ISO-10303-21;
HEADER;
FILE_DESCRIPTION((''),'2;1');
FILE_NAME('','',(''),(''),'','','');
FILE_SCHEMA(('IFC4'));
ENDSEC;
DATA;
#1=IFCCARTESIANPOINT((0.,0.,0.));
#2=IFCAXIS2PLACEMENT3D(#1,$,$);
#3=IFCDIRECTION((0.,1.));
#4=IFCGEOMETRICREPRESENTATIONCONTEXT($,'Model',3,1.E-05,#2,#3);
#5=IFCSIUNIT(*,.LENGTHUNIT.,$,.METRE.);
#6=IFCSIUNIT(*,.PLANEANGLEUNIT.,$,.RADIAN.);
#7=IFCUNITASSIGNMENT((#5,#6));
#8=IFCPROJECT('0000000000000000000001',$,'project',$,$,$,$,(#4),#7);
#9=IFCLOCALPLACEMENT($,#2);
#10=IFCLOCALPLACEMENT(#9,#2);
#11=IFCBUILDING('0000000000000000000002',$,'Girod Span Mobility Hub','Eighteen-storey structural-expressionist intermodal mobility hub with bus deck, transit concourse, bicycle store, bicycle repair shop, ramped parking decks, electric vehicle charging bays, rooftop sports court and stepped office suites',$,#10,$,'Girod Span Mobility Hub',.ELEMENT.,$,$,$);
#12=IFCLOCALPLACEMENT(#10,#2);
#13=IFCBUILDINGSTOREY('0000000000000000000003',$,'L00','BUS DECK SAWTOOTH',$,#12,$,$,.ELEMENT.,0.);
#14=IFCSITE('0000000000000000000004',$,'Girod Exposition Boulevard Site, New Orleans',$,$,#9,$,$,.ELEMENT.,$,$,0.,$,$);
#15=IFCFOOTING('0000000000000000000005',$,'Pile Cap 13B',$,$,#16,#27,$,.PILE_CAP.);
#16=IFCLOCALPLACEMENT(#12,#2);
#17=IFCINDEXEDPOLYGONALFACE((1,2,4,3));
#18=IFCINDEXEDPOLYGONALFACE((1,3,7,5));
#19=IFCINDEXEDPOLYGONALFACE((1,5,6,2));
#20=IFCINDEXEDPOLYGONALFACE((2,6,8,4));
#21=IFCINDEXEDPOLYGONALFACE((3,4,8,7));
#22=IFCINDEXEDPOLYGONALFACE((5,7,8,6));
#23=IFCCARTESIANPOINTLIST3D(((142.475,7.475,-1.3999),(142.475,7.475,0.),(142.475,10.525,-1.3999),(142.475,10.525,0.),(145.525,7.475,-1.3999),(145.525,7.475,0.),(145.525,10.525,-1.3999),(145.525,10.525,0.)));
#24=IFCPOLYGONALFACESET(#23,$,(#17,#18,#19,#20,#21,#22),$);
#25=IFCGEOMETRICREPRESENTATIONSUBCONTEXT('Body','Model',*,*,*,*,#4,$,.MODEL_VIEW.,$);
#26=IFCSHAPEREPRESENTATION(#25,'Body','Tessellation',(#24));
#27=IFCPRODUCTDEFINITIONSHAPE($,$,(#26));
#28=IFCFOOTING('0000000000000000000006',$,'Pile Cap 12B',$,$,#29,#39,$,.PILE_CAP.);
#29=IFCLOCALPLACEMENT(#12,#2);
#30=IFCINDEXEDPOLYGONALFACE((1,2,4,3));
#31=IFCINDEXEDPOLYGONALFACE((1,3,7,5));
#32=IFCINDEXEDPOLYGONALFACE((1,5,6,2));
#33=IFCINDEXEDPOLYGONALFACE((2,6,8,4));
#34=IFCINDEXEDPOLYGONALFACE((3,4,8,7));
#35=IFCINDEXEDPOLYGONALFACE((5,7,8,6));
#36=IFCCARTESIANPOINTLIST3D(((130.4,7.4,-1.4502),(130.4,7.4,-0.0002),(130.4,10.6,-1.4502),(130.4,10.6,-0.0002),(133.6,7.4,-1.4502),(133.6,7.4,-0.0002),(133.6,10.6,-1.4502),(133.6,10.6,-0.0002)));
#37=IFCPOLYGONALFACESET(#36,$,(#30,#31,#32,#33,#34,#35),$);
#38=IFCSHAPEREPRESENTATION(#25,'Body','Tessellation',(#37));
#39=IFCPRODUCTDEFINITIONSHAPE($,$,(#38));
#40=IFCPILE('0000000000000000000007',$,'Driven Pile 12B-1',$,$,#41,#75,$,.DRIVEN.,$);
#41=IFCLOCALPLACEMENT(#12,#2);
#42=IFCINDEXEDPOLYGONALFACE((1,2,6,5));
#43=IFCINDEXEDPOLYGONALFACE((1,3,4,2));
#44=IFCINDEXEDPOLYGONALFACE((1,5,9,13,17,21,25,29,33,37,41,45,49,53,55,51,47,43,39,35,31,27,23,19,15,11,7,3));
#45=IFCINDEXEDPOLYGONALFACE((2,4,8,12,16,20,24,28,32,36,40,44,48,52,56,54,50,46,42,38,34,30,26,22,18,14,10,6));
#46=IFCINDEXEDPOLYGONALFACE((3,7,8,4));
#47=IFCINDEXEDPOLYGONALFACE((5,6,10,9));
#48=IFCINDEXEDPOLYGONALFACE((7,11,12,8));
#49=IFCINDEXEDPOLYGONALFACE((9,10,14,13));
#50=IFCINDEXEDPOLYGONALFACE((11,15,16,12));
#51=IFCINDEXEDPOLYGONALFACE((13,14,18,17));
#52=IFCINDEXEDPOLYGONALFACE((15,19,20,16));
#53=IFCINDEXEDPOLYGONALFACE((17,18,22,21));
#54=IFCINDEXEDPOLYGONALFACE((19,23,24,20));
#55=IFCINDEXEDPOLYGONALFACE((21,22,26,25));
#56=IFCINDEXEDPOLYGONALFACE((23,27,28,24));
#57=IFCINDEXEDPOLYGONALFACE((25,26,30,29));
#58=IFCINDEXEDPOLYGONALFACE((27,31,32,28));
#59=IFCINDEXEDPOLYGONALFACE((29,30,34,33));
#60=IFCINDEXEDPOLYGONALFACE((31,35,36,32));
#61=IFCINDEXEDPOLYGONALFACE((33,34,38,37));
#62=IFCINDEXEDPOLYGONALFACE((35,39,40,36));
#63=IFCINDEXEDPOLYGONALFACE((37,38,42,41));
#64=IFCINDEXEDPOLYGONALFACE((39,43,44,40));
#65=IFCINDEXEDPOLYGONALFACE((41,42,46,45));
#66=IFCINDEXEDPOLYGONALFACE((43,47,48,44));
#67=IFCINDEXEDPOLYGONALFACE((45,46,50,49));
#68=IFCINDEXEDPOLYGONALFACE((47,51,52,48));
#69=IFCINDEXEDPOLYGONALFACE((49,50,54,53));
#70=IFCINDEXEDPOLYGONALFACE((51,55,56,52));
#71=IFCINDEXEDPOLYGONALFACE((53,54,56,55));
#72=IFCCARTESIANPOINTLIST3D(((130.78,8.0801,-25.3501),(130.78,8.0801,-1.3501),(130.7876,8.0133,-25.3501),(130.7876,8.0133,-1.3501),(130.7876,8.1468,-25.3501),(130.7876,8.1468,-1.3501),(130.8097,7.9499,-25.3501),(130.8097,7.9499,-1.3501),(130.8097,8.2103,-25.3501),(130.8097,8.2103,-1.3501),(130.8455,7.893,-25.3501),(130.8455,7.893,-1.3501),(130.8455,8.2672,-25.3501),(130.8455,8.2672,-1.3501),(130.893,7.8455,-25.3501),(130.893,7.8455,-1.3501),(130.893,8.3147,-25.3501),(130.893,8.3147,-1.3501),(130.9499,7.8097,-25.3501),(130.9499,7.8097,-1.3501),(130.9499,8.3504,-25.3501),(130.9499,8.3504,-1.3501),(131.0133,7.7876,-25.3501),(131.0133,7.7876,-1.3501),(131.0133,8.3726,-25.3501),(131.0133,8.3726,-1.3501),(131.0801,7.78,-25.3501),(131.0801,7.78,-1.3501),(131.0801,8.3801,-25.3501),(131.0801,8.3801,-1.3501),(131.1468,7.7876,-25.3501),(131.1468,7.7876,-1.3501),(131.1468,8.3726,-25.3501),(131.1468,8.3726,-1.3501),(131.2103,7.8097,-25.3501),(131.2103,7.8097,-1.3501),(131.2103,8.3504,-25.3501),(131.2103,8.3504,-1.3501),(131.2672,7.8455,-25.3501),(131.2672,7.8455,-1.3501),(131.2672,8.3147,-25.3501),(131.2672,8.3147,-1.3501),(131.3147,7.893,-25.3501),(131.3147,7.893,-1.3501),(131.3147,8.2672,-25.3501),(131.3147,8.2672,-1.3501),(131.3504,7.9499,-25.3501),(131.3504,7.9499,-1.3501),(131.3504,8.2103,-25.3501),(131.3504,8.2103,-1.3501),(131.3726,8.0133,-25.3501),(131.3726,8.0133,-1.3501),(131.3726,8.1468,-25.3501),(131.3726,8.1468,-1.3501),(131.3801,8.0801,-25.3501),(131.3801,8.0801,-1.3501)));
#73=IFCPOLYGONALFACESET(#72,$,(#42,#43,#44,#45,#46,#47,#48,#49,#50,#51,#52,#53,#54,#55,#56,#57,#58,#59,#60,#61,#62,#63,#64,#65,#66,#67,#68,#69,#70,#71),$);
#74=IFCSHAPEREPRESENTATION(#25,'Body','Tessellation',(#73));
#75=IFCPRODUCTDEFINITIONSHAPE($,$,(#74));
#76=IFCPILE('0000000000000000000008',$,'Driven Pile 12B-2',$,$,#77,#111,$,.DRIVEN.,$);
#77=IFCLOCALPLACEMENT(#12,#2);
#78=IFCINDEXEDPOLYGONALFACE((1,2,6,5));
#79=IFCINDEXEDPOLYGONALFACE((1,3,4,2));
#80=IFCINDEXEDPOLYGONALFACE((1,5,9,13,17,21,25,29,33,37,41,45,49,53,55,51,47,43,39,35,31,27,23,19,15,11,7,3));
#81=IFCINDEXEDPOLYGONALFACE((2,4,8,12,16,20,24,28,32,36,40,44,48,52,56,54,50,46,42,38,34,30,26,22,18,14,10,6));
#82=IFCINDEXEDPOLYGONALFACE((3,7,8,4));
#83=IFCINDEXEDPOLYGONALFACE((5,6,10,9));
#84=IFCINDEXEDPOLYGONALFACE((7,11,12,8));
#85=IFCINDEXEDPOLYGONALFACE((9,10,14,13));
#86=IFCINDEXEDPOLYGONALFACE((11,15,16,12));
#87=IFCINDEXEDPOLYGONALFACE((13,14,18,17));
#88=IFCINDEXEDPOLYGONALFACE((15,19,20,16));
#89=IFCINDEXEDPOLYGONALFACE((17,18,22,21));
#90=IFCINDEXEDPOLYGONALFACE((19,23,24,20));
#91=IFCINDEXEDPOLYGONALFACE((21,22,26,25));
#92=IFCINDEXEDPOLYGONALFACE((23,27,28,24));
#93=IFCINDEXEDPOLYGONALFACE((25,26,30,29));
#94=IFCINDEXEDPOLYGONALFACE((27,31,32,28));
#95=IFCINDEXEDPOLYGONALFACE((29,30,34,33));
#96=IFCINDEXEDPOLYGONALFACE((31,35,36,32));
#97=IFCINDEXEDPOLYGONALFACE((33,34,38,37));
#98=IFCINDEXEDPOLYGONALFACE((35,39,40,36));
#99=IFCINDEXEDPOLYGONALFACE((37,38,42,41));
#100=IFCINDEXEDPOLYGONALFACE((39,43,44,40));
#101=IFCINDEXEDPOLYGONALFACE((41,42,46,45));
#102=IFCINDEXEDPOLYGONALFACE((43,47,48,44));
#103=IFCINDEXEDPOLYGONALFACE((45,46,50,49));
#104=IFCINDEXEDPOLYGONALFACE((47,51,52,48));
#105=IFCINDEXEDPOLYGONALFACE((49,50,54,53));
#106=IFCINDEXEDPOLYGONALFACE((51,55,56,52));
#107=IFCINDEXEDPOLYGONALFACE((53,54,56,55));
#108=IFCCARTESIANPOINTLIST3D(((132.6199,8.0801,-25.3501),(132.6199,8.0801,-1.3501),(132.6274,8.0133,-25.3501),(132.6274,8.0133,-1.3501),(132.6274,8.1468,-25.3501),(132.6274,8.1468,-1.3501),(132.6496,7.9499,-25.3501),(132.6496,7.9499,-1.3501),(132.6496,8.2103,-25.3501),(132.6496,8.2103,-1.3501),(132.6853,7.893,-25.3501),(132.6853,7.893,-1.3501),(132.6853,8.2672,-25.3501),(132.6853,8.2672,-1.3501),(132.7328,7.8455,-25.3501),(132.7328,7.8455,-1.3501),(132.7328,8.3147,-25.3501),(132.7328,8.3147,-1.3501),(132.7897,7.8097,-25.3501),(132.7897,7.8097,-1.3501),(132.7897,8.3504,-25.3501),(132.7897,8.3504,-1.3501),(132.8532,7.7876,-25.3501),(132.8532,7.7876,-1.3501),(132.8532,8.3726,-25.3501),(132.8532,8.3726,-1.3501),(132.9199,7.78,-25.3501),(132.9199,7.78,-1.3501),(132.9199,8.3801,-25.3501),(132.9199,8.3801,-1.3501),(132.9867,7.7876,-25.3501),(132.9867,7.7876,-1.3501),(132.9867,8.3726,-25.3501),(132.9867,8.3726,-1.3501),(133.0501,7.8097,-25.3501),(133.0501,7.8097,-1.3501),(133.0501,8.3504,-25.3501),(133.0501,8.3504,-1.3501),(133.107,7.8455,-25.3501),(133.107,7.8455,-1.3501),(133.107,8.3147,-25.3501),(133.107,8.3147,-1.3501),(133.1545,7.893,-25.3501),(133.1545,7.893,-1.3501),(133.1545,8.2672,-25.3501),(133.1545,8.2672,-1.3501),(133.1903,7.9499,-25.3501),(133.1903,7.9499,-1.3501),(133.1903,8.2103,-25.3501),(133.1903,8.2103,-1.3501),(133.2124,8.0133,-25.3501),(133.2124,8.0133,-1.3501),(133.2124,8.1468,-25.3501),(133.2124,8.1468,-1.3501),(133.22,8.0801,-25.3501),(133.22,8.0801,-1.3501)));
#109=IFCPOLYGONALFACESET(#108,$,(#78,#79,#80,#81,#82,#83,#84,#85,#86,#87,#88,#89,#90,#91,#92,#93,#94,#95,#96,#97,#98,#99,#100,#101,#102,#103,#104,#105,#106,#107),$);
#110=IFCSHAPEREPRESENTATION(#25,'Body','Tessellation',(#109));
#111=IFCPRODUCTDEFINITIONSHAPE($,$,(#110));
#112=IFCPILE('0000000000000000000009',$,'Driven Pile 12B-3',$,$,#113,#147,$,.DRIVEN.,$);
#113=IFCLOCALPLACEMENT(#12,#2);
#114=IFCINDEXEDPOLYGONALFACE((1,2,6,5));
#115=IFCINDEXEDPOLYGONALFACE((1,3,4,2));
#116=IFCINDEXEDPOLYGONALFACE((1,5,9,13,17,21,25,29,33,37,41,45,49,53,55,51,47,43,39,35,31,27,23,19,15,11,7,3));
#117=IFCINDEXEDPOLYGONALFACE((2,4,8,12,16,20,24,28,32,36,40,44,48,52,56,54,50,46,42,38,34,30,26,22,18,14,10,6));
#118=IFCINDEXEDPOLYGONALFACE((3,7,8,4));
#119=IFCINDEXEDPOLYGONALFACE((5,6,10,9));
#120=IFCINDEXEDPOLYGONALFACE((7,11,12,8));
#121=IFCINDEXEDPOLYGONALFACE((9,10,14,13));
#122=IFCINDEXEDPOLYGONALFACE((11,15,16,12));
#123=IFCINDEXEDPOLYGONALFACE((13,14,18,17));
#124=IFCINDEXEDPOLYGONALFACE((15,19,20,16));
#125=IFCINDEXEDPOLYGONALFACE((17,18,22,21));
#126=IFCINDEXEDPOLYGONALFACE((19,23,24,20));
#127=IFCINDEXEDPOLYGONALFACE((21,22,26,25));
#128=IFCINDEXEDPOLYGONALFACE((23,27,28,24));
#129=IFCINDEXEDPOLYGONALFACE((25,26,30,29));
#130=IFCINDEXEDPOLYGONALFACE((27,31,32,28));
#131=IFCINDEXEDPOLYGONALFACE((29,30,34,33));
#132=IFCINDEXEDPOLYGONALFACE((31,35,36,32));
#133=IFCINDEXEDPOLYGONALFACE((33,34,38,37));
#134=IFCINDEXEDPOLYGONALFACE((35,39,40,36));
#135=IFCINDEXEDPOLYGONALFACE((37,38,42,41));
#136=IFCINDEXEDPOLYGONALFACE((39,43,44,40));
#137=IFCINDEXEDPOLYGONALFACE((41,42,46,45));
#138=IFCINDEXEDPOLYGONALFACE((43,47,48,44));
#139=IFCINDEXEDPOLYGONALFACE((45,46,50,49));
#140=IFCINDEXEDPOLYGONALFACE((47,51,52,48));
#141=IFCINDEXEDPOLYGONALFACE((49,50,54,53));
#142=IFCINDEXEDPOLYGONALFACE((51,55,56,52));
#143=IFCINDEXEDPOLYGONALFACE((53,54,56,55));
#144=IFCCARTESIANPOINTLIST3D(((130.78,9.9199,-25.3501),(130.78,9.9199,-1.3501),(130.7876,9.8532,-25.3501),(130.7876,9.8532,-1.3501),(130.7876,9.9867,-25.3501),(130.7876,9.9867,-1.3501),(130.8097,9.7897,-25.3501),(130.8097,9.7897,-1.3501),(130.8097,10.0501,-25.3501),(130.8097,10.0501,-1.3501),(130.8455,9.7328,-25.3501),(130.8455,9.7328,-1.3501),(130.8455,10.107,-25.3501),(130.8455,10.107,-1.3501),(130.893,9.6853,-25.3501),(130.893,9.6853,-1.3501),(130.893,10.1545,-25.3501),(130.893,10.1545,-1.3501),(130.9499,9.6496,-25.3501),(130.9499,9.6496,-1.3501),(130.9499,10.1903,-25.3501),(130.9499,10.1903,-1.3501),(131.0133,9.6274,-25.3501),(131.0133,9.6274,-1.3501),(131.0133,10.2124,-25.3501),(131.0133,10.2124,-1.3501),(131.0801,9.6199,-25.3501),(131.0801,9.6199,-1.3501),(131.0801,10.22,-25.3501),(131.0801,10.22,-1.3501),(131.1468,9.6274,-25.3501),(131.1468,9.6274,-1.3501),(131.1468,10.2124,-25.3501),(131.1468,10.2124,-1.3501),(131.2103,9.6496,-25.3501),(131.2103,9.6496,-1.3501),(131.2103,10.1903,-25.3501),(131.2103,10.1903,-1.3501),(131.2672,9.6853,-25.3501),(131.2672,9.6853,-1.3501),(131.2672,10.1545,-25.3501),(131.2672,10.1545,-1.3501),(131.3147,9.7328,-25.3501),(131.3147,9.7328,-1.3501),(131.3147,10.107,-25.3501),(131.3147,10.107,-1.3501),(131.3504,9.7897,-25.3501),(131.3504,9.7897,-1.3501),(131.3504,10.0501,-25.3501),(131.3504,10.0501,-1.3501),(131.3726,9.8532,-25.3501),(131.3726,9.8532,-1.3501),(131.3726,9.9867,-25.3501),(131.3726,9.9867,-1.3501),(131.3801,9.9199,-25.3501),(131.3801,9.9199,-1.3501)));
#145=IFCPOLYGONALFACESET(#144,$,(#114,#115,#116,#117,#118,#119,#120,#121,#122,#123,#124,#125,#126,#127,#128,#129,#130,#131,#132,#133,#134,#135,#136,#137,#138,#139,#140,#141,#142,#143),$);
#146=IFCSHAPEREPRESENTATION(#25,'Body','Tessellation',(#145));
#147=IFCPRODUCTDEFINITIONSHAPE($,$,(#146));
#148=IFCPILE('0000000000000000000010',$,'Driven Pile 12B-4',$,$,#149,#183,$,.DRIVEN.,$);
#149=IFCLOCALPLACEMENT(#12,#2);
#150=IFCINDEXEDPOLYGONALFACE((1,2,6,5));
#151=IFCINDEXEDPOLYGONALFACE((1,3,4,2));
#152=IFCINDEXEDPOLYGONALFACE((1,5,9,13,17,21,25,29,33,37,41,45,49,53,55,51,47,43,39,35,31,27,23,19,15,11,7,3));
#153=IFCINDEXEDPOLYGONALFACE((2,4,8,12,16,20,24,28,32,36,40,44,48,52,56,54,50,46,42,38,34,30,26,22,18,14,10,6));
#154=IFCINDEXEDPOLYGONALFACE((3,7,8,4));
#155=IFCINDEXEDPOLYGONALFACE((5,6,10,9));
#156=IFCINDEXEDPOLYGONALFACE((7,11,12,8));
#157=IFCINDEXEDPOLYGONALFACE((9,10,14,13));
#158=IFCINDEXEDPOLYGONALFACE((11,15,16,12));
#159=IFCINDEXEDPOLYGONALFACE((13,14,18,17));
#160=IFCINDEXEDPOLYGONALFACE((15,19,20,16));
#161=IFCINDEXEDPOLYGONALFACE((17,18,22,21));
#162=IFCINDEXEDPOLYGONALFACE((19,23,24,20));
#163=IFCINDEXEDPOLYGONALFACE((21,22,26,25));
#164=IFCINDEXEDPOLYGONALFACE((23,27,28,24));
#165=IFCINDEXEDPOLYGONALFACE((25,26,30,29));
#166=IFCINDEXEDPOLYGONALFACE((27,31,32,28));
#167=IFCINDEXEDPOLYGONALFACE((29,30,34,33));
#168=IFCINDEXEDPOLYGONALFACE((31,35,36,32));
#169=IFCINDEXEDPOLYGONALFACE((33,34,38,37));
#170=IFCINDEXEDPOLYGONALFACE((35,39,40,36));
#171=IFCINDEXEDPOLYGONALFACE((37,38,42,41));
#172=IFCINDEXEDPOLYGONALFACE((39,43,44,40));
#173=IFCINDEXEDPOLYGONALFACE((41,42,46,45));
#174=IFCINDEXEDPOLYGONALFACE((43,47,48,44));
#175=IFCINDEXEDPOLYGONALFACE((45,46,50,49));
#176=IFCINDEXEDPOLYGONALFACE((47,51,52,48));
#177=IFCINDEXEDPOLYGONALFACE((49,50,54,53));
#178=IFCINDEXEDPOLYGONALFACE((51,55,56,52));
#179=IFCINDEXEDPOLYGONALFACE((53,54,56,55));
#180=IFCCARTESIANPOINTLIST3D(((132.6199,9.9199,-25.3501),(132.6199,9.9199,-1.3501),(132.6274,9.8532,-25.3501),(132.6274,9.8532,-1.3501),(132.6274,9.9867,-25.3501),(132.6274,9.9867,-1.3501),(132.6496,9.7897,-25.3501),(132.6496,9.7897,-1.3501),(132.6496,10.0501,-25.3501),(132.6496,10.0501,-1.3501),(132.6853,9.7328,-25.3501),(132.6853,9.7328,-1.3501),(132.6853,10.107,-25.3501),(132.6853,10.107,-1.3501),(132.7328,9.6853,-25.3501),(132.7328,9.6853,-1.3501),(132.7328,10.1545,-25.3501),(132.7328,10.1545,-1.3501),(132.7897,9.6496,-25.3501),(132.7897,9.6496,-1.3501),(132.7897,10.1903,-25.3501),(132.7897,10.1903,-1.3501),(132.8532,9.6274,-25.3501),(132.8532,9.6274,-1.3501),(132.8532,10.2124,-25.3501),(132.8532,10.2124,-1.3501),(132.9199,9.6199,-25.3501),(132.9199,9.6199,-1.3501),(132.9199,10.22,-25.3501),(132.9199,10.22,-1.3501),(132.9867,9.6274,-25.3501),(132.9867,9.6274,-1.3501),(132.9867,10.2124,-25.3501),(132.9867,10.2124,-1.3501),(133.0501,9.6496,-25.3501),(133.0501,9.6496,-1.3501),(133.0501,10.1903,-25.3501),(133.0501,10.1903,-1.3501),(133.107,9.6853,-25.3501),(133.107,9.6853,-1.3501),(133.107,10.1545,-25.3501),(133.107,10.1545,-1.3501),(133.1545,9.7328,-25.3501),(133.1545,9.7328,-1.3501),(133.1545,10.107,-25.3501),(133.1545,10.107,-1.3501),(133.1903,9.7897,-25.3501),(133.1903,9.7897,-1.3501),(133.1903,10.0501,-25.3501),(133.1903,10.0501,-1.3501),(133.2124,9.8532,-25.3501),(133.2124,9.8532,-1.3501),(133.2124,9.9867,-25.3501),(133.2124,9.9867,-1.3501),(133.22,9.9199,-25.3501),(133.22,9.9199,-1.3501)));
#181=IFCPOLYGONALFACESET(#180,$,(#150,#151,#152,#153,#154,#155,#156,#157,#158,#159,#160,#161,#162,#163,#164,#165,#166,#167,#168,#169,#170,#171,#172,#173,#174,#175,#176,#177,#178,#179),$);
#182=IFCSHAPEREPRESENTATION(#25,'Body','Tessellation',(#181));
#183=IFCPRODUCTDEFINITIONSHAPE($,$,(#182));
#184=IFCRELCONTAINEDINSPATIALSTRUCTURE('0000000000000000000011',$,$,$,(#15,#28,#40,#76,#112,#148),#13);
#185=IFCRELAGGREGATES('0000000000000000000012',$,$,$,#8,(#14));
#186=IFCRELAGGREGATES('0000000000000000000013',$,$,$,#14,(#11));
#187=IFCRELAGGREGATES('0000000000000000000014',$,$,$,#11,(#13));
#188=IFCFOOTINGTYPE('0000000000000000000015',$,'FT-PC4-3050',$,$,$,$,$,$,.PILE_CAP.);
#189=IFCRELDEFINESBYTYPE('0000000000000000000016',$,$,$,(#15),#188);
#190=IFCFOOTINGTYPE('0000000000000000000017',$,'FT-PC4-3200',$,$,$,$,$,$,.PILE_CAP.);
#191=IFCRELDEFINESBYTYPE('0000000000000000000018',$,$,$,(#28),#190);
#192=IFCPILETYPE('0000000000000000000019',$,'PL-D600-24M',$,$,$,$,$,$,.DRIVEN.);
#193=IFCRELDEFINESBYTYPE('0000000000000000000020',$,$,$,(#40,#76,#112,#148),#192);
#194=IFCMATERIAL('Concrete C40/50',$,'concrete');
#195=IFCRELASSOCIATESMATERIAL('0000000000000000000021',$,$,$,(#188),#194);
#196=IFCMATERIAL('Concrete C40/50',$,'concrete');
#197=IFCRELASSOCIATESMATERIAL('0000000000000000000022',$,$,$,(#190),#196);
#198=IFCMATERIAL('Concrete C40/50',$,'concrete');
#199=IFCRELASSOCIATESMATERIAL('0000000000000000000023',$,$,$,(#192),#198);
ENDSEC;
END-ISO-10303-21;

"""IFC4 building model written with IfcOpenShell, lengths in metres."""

from ifc_helpers import new_model, si_unit, direction, frame, origin, origin_2d, place, context, subcontext, project, spatial, rectangle, circle, extrude, material, material_profile, profile_set, type_object, element, save


model = new_model("IFC4")

# Units and contexts
model_context = context("Model", 3, precision=1e-05, world=origin(), true_north=direction((0.0, 1.0)))
body_context = subcontext(model_context, "Body", "Model", "MODEL_VIEW")
ifc_project = project(units=[si_unit("LENGTHUNIT", "METRE"), si_unit("PLANEANGLEUNIT", "RADIAN")], contexts=[model_context])

# Site, building, storey
site_placement = place(None, origin())
site = spatial("IfcSite", under=ifc_project, at=site_placement, Name="Girod Exposition Boulevard Site, New Orleans", CompositionType="ELEMENT", RefElevation=0.0)
building_placement = place(site_placement, origin())
building = spatial("IfcBuilding", under=site, at=building_placement, Name="Girod Span Mobility Hub", Description="Eighteen-storey structural-expressionist intermodal mobility hub with bus deck, transit concourse, bicycle store, bicycle repair shop, ramped parking decks, electric vehicle charging bays, rooftop sports court and stepped office suites", LongName="Girod Span Mobility Hub", CompositionType="ELEMENT")
storey_placement = place(building_placement, origin())
storey = spatial("IfcBuildingStorey", under=building, at=storey_placement, Name="L00", Description="BUS DECK SAWTOOTH", CompositionType="ELEMENT", Elevation=0.0)

# Footings
ifc_material_1 = material(Name="Concrete C40/50", Category="concrete")
footing_type_1 = type_object("IfcFootingType", Name="FT-PC4-3050", PredefinedType="PILE_CAP", material=ifc_material_1)
footing_1_placement = place(storey_placement, frame((144.0, 9.0, -1.3999), z_axis=(0.0, 0.0, 1.0), x_axis=(1.0, 0.0, 0.0)))
element("IfcFooting", 1, at=footing_1_placement, inside=storey, type_object=footing_type_1, Name="Pile Cap 13B", PredefinedType="PILE_CAP", context=body_context, shape_type="SweptSolid", body=[
    extrude(rectangle(XDim=3.05, YDim=3.05, at=origin_2d()), origin(), (0.0, 0.0, 1.0), 1.3999),
])
ifc_material_2 = material(Name="Concrete C40/50", Category="concrete")
footing_type_2 = type_object("IfcFootingType", Name="FT-PC4-3200", PredefinedType="PILE_CAP", material=ifc_material_2)
footing_2_placement = place(storey_placement, frame((132.0, 9.0, -1.4502), z_axis=(0.0, 0.0, 1.0), x_axis=(1.0, 0.0, 0.0)))
element("IfcFooting", 2, at=footing_2_placement, inside=storey, type_object=footing_type_2, Name="Pile Cap 12B", PredefinedType="PILE_CAP", context=body_context, shape_type="SweptSolid", body=[
    extrude(rectangle(XDim=3.2, YDim=3.2, at=origin_2d()), origin(), (0.0, 0.0, 1.0), 1.45),
])

# Piles
ifc_material_3 = material(Name="Concrete C40/50", Category="concrete")
ifc_material_profile_1 = material_profile(ifc_material_3, circle(Radius=0.3, at=origin_2d()), Name="PILE-D600")
ifc_profile_set_1 = profile_set([ifc_material_profile_1], Name="Concrete C40/50")
pile_type = type_object("IfcPileType", Name="PL-D600-24M", PredefinedType="DRIVEN", material=ifc_profile_set_1)
for number, where, z_axis, x_axis, name in (
    (3, (131.0801, 8.0801, -1.3501), (0.0, 0.0, -1.0), (1.0, 0.0, 0.0), "Driven Pile 12B-1"),
    (4, (132.9199, 8.0801, -1.3501), (0.0, 0.0, -1.0), (1.0, 0.0, 0.0), "Driven Pile 12B-2"),
    (5, (131.0801, 9.9199, -1.3501), (0.0, 0.0, -1.0), (1.0, 0.0, 0.0), "Driven Pile 12B-3"),
    (6, (132.9199, 9.9199, -1.3501), (0.0, 0.0, -1.0), (1.0, 0.0, 0.0), "Driven Pile 12B-4"),
):
    element("IfcPile", number, at=place(storey_placement, frame(where, z_axis=z_axis, x_axis=x_axis)), inside=storey, type_object=pile_type, Name=name, PredefinedType="DRIVEN", context=body_context, shape_type="SweptSolid", body=[
        extrude(circle(Radius=0.3, at=origin_2d()), origin(), (0.0, 0.0, 1.0), 24.0),
    ])

save(model, "model.ifc")
